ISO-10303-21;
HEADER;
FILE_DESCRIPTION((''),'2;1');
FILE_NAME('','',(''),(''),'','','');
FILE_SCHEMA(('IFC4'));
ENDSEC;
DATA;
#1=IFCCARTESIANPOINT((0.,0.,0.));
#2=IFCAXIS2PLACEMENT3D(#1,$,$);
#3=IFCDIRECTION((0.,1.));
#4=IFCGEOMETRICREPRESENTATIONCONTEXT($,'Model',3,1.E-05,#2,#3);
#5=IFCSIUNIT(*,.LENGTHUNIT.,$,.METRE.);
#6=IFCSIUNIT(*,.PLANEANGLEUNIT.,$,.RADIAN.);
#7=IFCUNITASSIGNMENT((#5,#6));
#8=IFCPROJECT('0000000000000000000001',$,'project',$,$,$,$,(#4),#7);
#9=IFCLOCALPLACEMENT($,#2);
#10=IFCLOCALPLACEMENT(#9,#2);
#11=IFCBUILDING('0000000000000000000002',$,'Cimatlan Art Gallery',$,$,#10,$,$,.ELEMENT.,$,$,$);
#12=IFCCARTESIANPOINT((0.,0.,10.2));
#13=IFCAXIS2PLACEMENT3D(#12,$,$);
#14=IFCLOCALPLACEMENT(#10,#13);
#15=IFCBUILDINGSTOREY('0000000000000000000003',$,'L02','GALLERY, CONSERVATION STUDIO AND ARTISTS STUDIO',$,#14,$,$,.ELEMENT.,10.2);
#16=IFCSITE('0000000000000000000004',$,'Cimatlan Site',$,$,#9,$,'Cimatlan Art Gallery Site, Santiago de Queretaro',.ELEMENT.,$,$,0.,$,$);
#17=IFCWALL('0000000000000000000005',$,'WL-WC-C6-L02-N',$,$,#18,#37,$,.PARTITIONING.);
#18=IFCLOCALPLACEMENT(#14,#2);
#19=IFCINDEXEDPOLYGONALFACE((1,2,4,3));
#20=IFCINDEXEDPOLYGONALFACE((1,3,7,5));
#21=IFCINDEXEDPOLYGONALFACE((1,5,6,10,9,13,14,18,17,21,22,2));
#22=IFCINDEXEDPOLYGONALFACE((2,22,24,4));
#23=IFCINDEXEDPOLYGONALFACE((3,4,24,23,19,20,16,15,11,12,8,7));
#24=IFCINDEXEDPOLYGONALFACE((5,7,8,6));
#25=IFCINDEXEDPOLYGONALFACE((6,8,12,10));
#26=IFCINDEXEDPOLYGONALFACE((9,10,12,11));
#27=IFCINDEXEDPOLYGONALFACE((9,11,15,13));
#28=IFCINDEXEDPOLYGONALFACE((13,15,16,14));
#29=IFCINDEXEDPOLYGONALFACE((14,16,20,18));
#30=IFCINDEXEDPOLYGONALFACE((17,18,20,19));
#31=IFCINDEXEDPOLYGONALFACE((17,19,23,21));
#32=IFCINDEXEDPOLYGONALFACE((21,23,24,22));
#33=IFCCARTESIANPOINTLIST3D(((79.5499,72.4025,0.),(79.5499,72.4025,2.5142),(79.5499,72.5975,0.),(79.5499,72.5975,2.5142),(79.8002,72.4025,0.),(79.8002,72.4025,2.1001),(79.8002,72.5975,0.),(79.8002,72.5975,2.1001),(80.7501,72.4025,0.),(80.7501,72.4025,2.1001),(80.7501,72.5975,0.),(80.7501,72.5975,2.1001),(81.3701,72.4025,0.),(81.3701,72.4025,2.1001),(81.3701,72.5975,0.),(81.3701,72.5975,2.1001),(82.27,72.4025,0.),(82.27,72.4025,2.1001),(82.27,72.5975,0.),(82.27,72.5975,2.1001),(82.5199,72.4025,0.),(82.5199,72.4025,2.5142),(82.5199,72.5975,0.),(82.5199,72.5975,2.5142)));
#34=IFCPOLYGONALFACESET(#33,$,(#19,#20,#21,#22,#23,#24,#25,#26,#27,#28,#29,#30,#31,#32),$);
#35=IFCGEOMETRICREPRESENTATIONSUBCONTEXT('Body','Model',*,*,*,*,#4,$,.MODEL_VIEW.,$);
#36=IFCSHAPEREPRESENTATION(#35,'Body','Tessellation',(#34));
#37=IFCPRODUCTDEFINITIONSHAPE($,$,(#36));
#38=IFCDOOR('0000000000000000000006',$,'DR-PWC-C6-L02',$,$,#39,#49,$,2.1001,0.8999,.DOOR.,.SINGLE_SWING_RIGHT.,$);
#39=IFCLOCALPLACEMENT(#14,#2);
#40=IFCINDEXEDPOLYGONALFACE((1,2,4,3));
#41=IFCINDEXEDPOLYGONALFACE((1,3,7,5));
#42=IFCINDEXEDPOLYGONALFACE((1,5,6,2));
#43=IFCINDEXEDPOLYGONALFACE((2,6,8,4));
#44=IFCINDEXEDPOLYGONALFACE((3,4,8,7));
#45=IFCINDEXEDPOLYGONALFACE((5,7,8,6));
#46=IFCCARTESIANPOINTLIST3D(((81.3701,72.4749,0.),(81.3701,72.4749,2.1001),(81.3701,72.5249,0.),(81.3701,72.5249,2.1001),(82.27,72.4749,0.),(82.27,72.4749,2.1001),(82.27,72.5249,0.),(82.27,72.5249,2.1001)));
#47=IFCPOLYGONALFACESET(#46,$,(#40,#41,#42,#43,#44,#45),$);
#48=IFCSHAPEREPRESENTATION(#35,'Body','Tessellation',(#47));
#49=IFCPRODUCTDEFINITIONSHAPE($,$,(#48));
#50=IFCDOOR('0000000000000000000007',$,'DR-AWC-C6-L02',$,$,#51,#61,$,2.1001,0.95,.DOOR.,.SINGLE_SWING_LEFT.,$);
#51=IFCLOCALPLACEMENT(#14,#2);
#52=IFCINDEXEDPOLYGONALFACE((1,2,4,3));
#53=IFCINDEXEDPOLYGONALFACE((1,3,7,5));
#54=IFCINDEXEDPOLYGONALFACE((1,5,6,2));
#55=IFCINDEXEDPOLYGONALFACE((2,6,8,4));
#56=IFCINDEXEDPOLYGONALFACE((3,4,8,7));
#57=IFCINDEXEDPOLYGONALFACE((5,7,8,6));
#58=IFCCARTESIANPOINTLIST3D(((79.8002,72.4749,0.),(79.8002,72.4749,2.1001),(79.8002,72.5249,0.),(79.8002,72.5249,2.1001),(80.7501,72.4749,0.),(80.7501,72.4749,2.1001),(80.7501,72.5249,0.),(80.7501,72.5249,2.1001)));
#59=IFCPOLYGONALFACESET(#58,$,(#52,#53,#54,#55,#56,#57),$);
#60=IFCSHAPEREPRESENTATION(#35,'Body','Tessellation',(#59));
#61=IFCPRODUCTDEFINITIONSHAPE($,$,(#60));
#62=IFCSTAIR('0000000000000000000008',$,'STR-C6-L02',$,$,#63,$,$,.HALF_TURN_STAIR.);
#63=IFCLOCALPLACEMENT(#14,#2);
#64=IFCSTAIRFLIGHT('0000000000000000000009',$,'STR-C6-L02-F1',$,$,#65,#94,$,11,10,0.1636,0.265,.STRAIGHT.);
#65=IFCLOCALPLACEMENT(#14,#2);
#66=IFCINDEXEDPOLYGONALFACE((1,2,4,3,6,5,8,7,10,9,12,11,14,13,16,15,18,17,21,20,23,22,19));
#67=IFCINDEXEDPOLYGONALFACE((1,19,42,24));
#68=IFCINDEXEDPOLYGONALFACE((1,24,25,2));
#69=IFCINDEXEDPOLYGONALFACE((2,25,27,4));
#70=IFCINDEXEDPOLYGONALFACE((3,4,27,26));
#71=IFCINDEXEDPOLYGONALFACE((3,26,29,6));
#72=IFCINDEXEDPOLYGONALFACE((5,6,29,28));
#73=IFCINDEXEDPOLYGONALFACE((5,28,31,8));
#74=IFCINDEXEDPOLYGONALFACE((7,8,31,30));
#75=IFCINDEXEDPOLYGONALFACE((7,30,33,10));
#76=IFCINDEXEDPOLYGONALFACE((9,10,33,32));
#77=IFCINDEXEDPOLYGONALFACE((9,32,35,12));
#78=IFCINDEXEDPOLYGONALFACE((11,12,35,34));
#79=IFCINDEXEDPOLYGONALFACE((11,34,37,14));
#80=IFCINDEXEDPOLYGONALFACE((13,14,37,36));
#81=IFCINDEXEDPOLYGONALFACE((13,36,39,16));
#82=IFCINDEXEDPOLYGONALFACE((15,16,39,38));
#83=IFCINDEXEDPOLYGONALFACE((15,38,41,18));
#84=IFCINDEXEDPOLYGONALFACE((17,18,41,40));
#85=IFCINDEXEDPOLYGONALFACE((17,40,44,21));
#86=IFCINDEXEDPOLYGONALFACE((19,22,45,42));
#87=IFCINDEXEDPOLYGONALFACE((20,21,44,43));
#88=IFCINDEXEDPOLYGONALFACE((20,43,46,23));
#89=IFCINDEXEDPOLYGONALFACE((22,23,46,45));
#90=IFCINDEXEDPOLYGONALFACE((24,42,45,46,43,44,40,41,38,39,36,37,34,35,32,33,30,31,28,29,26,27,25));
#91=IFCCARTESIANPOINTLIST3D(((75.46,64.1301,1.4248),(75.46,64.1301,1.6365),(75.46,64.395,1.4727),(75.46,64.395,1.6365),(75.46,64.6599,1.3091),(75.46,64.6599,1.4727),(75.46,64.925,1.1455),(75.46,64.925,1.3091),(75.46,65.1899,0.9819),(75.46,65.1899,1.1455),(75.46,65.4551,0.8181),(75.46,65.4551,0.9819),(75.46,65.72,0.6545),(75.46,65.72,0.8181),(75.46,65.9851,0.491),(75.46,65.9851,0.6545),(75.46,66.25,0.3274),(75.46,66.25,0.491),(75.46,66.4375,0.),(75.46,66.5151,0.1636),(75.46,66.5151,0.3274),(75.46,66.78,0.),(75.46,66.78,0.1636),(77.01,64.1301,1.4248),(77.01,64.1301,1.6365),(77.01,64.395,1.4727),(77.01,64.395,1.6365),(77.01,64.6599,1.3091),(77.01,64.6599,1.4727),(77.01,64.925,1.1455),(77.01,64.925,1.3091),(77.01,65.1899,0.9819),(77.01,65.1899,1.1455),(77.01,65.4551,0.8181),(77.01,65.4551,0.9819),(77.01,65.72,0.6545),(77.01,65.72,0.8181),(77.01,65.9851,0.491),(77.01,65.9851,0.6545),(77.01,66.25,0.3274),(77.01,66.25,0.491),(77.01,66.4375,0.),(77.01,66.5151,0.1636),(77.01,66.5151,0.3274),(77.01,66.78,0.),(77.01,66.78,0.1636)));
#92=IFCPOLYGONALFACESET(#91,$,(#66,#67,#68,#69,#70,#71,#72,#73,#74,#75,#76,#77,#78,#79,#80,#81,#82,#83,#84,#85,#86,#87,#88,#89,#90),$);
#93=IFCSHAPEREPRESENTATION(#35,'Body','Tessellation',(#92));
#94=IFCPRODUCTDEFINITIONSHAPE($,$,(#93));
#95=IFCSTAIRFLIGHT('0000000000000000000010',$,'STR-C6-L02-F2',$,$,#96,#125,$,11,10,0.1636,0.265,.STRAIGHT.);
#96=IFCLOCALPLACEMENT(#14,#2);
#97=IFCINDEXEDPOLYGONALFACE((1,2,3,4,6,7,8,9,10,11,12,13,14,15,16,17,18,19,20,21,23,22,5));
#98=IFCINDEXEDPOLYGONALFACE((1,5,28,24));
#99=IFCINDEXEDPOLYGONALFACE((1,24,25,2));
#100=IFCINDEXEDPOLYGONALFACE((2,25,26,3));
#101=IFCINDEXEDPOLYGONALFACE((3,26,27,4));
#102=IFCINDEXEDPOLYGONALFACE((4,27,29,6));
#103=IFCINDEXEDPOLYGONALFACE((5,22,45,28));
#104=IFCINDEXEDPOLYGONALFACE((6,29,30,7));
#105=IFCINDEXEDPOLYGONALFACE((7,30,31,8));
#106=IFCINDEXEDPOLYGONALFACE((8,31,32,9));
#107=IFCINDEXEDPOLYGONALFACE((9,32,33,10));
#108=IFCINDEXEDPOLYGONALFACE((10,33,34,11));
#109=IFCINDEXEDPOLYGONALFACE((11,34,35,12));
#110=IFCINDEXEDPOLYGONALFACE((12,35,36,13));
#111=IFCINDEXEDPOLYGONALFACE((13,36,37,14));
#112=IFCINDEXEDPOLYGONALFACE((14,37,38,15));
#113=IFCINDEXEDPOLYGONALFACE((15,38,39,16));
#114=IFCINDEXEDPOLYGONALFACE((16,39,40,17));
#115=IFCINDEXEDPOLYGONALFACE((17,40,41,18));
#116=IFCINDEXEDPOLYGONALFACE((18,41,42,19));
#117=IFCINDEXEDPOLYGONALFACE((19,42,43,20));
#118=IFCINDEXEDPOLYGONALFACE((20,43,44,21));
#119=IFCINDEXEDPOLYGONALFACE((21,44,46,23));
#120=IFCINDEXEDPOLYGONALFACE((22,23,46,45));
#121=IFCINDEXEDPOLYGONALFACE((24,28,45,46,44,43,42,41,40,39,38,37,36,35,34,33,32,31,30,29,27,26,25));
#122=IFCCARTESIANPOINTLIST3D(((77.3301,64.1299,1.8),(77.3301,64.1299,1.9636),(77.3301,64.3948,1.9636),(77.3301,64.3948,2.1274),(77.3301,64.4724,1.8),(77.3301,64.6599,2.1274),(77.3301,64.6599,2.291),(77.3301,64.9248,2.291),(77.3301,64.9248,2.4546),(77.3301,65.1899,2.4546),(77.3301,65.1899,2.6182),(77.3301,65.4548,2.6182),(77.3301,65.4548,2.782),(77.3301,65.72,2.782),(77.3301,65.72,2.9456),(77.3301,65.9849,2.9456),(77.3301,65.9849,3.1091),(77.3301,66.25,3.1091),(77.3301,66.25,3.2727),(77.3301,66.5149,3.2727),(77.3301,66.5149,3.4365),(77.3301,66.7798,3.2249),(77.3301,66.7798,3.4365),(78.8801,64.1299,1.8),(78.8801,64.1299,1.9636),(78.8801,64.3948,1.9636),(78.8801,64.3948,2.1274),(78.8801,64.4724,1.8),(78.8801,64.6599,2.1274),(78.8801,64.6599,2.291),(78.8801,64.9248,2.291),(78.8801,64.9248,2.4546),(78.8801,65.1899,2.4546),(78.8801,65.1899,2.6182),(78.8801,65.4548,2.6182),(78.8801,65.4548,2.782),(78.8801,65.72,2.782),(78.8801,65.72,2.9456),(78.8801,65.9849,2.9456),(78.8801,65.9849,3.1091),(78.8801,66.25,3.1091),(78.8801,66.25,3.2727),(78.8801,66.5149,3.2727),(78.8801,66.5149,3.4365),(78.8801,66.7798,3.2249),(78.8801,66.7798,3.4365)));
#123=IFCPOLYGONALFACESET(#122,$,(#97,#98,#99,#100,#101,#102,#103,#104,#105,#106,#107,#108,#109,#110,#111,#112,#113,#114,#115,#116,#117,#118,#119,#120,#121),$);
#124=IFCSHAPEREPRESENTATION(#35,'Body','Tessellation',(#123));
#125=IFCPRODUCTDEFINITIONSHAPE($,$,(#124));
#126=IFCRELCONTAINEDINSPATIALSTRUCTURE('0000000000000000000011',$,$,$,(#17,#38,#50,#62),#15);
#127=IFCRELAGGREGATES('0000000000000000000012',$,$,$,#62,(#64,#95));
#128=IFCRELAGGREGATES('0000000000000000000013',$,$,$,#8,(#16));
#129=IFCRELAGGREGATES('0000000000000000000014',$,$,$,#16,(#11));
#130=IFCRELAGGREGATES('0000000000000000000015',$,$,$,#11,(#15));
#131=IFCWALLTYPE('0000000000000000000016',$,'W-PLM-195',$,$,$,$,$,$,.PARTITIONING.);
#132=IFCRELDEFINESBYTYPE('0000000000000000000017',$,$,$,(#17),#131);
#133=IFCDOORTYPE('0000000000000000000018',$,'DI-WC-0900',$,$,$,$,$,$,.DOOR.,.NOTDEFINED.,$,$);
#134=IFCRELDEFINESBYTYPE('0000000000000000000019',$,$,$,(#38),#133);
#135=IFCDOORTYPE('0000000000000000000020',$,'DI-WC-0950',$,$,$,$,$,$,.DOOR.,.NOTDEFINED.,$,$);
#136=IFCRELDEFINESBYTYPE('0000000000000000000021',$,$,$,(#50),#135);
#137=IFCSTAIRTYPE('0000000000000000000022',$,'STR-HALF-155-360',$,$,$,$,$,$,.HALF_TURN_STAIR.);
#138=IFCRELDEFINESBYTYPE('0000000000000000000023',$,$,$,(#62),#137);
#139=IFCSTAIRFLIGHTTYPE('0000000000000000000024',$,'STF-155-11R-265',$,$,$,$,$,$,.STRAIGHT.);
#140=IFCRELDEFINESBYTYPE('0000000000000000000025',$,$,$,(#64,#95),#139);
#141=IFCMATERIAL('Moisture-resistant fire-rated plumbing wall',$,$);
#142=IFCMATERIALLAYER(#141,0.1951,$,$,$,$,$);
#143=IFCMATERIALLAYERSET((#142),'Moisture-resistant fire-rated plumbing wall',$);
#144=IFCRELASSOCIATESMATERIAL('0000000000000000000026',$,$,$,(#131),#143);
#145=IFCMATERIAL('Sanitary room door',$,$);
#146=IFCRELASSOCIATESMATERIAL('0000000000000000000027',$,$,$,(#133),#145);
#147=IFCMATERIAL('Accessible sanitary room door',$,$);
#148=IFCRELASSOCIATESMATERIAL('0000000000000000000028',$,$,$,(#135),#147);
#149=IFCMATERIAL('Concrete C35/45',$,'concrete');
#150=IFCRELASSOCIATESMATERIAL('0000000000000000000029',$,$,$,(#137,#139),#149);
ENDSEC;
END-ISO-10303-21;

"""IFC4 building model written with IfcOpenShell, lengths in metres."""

from ifc_helpers import new_model, si_unit, direction, frame, frame_2d, origin, place, context, subcontext, project, spatial, polyline, rectangle, outline, extrude, material, layer, layer_set, type_object, element, fill, aggregate, save


model = new_model("IFC4")

# Units and contexts
model_context = context("Model", 3, precision=1e-05, world=origin(), true_north=direction((0.0, 1.0)))
body_context = subcontext(model_context, "Body", "Model", "MODEL_VIEW")
ifc_project = project(units=[si_unit("LENGTHUNIT", "METRE"), si_unit("PLANEANGLEUNIT", "RADIAN")], contexts=[model_context])

# Site, building, storey
site_placement = place(None, origin())
site = spatial("IfcSite", under=ifc_project, at=site_placement, Name="Cimatlan Site", LongName="Cimatlan Art Gallery Site, Santiago de Queretaro", CompositionType="ELEMENT", RefElevation=0.0)
building_placement = place(site_placement, origin())
building = spatial("IfcBuilding", under=site, at=building_placement, Name="Cimatlan Art Gallery", CompositionType="ELEMENT")
storey_placement = place(building_placement, frame((0.0, 0.0, 10.2)))
storey = spatial("IfcBuildingStorey", under=building, at=storey_placement, Name="L02", Description="GALLERY, CONSERVATION STUDIO AND ARTISTS STUDIO", CompositionType="ELEMENT", Elevation=10.2)

# Shared definitions
ifc_material_1 = material(Name="Moisture-resistant fire-rated plumbing wall")
ifc_layer_1 = layer(ifc_material_1, 0.1951)
ifc_layer_set_1 = layer_set([ifc_layer_1], Name="Moisture-resistant fire-rated plumbing wall")
wall_type_1 = type_object("IfcWallType", Name="W-PLM-195", PredefinedType="PARTITIONING", material=ifc_layer_set_1)

# Wall, openings, doors
wall_1_placement = place(storey_placement, frame((79.55, 72.5, 0.0), z_axis=(0.0, 0.0, 1.0), x_axis=(1.0, 0.0, 0.0)))
wall_1 = element("IfcWall", 1, at=wall_1_placement, inside=storey, type_object=wall_type_1, Name="WL-WC-C6-L02-N", PredefinedType="PARTITIONING", context=body_context, shape_type="SweptSolid", body=[
    extrude(rectangle(XDim=2.97, YDim=0.1951, at=frame_2d((1.4849, 0.0))), origin(), (0.0, 0.0, 1.0), 2.5142),
])
opening_1_placement = place(wall_1_placement, frame((0.25, 0.0, 0.0)))
opening_1 = element("IfcOpeningElement", 2, at=opening_1_placement, cuts=wall_1, PredefinedType="OPENING", context=body_context, shape_type="SweptSolid", body=[
    extrude(rectangle(XDim=0.95, YDim=2.1001, at=frame_2d((0.4751, 1.05))), frame((0.0, 0.1074, 0.0), z_axis=(0.0, -1.0, 0.0), x_axis=(1.0, 0.0, 0.0)), (0.0, 0.0, 1.0), 0.2151),
])
opening_2_placement = place(wall_1_placement, frame((1.8201, 0.0, 0.0)))
opening_2 = element("IfcOpeningElement", 3, at=opening_2_placement, cuts=wall_1, PredefinedType="OPENING", context=body_context, shape_type="SweptSolid", body=[
    extrude(rectangle(XDim=0.8999, YDim=2.1001, at=frame_2d((0.45, 1.05))), frame((0.0, 0.1074, 0.0), z_axis=(0.0, -1.0, 0.0), x_axis=(1.0, 0.0, 0.0)), (0.0, 0.0, 1.0), 0.2151),
])
ifc_material_2 = material(Name="Sanitary room door")
door_type_1 = type_object("IfcDoorType", Name="DI-WC-0900", OperationType="NOTDEFINED", PredefinedType="DOOR", material=ifc_material_2)
door_1_placement = place(opening_2_placement, origin())
door_1 = element("IfcDoor", 4, at=door_1_placement, inside=storey, type_object=door_type_1, Name="DR-PWC-C6-L02", OperationType="SINGLE_SWING_RIGHT", OverallHeight=2.1001, OverallWidth=0.8999, PredefinedType="DOOR", context=body_context, shape_type="SweptSolid", body=[
    extrude(rectangle(XDim=0.8999, YDim=2.1001, at=frame_2d((0.45, 1.05))), frame((0.0, 0.0249, 0.0), z_axis=(0.0, -1.0, 0.0), x_axis=(1.0, 0.0, 0.0)), (0.0, 0.0, 1.0), 0.05),
])
fill(opening_2, door_1)
ifc_material_3 = material(Name="Accessible sanitary room door")
door_type_2 = type_object("IfcDoorType", Name="DI-WC-0950", OperationType="NOTDEFINED", PredefinedType="DOOR", material=ifc_material_3)
door_2_placement = place(opening_1_placement, origin())
door_2 = element("IfcDoor", 5, at=door_2_placement, inside=storey, type_object=door_type_2, Name="DR-AWC-C6-L02", OperationType="SINGLE_SWING_LEFT", OverallHeight=2.1001, OverallWidth=0.95, PredefinedType="DOOR", context=body_context, shape_type="SweptSolid", body=[
    extrude(rectangle(XDim=0.95, YDim=2.1001, at=frame_2d((0.4751, 1.05))), frame((0.0, 0.0249, 0.0), z_axis=(0.0, -1.0, 0.0), x_axis=(1.0, 0.0, 0.0)), (0.0, 0.0, 1.0), 0.05),
])
fill(opening_1, door_2)

# Stair, stair flights
ifc_material_4 = material(Name="Concrete C35/45", Category="concrete")
stair_type = type_object("IfcStairType", Name="STR-HALF-155-360", PredefinedType="HALF_TURN_STAIR", material=ifc_material_4)
stair_placement = place(storey_placement, origin())
stair = element("IfcStair", 6, at=stair_placement, inside=storey, type_object=stair_type, Name="STR-C6-L02", PredefinedType="HALF_TURN_STAIR")
stair_flight_type = type_object("IfcStairFlightType", Name="STF-155-11R-265", PredefinedType="STRAIGHT", material=ifc_material_4)
stair_flight_1_placement = place(storey_placement, frame((76.2351, 66.78, 0.0), z_axis=(0.0, 0.0, 1.0), x_axis=(0.0, -1.0, 0.0)))
stair_flight_1 = element("IfcStairFlight", 7, at=stair_flight_1_placement, type_object=stair_flight_type, Name="STR-C6-L02-F1", NumberOfRisers=11, NumberOfTreads=10, PredefinedType="STRAIGHT", RiserHeight=0.1636, TreadLength=0.265, context=body_context, shape_type="SweptSolid", body=[
    extrude(outline(polyline([(0.0, 0.0), (0.0, 0.1636), (0.2649, 0.1636), (0.2649, 0.3274), (0.53, 0.3274), (0.53, 0.491), (0.7949, 0.491), (0.7949, 0.6545), (1.0601, 0.6545), (1.0601, 0.8181), (1.325, 0.8181), (1.325, 0.9819), (1.5901, 0.9819), (1.5901, 1.1455), (1.855, 1.1455), (1.855, 1.3091), (2.1201, 1.3091), (2.1201, 1.4727), (2.385, 1.4727), (2.385, 1.6365), (2.6499, 1.6365), (2.6499, 1.8), (2.6499, 1.4248), (0.3425, 0.0), (0.0, 0.0)])), frame((0.0, 0.7749, 0.0), z_axis=(0.0, -1.0, 0.0), x_axis=(1.0, 0.0, 0.0)), (0.0, 0.0, 1.0), 1.55),
])
stair_flight_2_placement = place(storey_placement, frame((78.105, 64.1299, 1.8), z_axis=(0.0, 0.0, 1.0), x_axis=(0.0, 1.0, 0.0)))
stair_flight_2 = element("IfcStairFlight", 8, at=stair_flight_2_placement, type_object=stair_flight_type, Name="STR-C6-L02-F2", NumberOfRisers=11, NumberOfTreads=10, PredefinedType="STRAIGHT", RiserHeight=0.1636, TreadLength=0.265, context=body_context, shape_type="SweptSolid", body=[
    extrude(outline(polyline([(0.0, 0.0), (0.0, 0.1636), (0.2649, 0.1636), (0.2649, 0.3274), (0.53, 0.3274), (0.53, 0.491), (0.7949, 0.491), (0.7949, 0.6545), (1.0601, 0.6545), (1.0601, 0.8181), (1.325, 0.8181), (1.325, 0.9819), (1.5901, 0.9819), (1.5901, 1.1455), (1.855, 1.1455), (1.855, 1.3091), (2.1201, 1.3091), (2.1201, 1.4727), (2.385, 1.4727), (2.385, 1.6365), (2.6499, 1.6365), (2.6499, 1.8), (2.6499, 1.4248), (0.3425, 0.0), (0.0, 0.0)])), frame((0.0, 0.7749, 0.0), z_axis=(0.0, -1.0, 0.0), x_axis=(1.0, 0.0, 0.0)), (0.0, 0.0, 1.0), 1.55),
])
aggregate(stair, [stair_flight_1, stair_flight_2])

save(model, "model.ifc")
